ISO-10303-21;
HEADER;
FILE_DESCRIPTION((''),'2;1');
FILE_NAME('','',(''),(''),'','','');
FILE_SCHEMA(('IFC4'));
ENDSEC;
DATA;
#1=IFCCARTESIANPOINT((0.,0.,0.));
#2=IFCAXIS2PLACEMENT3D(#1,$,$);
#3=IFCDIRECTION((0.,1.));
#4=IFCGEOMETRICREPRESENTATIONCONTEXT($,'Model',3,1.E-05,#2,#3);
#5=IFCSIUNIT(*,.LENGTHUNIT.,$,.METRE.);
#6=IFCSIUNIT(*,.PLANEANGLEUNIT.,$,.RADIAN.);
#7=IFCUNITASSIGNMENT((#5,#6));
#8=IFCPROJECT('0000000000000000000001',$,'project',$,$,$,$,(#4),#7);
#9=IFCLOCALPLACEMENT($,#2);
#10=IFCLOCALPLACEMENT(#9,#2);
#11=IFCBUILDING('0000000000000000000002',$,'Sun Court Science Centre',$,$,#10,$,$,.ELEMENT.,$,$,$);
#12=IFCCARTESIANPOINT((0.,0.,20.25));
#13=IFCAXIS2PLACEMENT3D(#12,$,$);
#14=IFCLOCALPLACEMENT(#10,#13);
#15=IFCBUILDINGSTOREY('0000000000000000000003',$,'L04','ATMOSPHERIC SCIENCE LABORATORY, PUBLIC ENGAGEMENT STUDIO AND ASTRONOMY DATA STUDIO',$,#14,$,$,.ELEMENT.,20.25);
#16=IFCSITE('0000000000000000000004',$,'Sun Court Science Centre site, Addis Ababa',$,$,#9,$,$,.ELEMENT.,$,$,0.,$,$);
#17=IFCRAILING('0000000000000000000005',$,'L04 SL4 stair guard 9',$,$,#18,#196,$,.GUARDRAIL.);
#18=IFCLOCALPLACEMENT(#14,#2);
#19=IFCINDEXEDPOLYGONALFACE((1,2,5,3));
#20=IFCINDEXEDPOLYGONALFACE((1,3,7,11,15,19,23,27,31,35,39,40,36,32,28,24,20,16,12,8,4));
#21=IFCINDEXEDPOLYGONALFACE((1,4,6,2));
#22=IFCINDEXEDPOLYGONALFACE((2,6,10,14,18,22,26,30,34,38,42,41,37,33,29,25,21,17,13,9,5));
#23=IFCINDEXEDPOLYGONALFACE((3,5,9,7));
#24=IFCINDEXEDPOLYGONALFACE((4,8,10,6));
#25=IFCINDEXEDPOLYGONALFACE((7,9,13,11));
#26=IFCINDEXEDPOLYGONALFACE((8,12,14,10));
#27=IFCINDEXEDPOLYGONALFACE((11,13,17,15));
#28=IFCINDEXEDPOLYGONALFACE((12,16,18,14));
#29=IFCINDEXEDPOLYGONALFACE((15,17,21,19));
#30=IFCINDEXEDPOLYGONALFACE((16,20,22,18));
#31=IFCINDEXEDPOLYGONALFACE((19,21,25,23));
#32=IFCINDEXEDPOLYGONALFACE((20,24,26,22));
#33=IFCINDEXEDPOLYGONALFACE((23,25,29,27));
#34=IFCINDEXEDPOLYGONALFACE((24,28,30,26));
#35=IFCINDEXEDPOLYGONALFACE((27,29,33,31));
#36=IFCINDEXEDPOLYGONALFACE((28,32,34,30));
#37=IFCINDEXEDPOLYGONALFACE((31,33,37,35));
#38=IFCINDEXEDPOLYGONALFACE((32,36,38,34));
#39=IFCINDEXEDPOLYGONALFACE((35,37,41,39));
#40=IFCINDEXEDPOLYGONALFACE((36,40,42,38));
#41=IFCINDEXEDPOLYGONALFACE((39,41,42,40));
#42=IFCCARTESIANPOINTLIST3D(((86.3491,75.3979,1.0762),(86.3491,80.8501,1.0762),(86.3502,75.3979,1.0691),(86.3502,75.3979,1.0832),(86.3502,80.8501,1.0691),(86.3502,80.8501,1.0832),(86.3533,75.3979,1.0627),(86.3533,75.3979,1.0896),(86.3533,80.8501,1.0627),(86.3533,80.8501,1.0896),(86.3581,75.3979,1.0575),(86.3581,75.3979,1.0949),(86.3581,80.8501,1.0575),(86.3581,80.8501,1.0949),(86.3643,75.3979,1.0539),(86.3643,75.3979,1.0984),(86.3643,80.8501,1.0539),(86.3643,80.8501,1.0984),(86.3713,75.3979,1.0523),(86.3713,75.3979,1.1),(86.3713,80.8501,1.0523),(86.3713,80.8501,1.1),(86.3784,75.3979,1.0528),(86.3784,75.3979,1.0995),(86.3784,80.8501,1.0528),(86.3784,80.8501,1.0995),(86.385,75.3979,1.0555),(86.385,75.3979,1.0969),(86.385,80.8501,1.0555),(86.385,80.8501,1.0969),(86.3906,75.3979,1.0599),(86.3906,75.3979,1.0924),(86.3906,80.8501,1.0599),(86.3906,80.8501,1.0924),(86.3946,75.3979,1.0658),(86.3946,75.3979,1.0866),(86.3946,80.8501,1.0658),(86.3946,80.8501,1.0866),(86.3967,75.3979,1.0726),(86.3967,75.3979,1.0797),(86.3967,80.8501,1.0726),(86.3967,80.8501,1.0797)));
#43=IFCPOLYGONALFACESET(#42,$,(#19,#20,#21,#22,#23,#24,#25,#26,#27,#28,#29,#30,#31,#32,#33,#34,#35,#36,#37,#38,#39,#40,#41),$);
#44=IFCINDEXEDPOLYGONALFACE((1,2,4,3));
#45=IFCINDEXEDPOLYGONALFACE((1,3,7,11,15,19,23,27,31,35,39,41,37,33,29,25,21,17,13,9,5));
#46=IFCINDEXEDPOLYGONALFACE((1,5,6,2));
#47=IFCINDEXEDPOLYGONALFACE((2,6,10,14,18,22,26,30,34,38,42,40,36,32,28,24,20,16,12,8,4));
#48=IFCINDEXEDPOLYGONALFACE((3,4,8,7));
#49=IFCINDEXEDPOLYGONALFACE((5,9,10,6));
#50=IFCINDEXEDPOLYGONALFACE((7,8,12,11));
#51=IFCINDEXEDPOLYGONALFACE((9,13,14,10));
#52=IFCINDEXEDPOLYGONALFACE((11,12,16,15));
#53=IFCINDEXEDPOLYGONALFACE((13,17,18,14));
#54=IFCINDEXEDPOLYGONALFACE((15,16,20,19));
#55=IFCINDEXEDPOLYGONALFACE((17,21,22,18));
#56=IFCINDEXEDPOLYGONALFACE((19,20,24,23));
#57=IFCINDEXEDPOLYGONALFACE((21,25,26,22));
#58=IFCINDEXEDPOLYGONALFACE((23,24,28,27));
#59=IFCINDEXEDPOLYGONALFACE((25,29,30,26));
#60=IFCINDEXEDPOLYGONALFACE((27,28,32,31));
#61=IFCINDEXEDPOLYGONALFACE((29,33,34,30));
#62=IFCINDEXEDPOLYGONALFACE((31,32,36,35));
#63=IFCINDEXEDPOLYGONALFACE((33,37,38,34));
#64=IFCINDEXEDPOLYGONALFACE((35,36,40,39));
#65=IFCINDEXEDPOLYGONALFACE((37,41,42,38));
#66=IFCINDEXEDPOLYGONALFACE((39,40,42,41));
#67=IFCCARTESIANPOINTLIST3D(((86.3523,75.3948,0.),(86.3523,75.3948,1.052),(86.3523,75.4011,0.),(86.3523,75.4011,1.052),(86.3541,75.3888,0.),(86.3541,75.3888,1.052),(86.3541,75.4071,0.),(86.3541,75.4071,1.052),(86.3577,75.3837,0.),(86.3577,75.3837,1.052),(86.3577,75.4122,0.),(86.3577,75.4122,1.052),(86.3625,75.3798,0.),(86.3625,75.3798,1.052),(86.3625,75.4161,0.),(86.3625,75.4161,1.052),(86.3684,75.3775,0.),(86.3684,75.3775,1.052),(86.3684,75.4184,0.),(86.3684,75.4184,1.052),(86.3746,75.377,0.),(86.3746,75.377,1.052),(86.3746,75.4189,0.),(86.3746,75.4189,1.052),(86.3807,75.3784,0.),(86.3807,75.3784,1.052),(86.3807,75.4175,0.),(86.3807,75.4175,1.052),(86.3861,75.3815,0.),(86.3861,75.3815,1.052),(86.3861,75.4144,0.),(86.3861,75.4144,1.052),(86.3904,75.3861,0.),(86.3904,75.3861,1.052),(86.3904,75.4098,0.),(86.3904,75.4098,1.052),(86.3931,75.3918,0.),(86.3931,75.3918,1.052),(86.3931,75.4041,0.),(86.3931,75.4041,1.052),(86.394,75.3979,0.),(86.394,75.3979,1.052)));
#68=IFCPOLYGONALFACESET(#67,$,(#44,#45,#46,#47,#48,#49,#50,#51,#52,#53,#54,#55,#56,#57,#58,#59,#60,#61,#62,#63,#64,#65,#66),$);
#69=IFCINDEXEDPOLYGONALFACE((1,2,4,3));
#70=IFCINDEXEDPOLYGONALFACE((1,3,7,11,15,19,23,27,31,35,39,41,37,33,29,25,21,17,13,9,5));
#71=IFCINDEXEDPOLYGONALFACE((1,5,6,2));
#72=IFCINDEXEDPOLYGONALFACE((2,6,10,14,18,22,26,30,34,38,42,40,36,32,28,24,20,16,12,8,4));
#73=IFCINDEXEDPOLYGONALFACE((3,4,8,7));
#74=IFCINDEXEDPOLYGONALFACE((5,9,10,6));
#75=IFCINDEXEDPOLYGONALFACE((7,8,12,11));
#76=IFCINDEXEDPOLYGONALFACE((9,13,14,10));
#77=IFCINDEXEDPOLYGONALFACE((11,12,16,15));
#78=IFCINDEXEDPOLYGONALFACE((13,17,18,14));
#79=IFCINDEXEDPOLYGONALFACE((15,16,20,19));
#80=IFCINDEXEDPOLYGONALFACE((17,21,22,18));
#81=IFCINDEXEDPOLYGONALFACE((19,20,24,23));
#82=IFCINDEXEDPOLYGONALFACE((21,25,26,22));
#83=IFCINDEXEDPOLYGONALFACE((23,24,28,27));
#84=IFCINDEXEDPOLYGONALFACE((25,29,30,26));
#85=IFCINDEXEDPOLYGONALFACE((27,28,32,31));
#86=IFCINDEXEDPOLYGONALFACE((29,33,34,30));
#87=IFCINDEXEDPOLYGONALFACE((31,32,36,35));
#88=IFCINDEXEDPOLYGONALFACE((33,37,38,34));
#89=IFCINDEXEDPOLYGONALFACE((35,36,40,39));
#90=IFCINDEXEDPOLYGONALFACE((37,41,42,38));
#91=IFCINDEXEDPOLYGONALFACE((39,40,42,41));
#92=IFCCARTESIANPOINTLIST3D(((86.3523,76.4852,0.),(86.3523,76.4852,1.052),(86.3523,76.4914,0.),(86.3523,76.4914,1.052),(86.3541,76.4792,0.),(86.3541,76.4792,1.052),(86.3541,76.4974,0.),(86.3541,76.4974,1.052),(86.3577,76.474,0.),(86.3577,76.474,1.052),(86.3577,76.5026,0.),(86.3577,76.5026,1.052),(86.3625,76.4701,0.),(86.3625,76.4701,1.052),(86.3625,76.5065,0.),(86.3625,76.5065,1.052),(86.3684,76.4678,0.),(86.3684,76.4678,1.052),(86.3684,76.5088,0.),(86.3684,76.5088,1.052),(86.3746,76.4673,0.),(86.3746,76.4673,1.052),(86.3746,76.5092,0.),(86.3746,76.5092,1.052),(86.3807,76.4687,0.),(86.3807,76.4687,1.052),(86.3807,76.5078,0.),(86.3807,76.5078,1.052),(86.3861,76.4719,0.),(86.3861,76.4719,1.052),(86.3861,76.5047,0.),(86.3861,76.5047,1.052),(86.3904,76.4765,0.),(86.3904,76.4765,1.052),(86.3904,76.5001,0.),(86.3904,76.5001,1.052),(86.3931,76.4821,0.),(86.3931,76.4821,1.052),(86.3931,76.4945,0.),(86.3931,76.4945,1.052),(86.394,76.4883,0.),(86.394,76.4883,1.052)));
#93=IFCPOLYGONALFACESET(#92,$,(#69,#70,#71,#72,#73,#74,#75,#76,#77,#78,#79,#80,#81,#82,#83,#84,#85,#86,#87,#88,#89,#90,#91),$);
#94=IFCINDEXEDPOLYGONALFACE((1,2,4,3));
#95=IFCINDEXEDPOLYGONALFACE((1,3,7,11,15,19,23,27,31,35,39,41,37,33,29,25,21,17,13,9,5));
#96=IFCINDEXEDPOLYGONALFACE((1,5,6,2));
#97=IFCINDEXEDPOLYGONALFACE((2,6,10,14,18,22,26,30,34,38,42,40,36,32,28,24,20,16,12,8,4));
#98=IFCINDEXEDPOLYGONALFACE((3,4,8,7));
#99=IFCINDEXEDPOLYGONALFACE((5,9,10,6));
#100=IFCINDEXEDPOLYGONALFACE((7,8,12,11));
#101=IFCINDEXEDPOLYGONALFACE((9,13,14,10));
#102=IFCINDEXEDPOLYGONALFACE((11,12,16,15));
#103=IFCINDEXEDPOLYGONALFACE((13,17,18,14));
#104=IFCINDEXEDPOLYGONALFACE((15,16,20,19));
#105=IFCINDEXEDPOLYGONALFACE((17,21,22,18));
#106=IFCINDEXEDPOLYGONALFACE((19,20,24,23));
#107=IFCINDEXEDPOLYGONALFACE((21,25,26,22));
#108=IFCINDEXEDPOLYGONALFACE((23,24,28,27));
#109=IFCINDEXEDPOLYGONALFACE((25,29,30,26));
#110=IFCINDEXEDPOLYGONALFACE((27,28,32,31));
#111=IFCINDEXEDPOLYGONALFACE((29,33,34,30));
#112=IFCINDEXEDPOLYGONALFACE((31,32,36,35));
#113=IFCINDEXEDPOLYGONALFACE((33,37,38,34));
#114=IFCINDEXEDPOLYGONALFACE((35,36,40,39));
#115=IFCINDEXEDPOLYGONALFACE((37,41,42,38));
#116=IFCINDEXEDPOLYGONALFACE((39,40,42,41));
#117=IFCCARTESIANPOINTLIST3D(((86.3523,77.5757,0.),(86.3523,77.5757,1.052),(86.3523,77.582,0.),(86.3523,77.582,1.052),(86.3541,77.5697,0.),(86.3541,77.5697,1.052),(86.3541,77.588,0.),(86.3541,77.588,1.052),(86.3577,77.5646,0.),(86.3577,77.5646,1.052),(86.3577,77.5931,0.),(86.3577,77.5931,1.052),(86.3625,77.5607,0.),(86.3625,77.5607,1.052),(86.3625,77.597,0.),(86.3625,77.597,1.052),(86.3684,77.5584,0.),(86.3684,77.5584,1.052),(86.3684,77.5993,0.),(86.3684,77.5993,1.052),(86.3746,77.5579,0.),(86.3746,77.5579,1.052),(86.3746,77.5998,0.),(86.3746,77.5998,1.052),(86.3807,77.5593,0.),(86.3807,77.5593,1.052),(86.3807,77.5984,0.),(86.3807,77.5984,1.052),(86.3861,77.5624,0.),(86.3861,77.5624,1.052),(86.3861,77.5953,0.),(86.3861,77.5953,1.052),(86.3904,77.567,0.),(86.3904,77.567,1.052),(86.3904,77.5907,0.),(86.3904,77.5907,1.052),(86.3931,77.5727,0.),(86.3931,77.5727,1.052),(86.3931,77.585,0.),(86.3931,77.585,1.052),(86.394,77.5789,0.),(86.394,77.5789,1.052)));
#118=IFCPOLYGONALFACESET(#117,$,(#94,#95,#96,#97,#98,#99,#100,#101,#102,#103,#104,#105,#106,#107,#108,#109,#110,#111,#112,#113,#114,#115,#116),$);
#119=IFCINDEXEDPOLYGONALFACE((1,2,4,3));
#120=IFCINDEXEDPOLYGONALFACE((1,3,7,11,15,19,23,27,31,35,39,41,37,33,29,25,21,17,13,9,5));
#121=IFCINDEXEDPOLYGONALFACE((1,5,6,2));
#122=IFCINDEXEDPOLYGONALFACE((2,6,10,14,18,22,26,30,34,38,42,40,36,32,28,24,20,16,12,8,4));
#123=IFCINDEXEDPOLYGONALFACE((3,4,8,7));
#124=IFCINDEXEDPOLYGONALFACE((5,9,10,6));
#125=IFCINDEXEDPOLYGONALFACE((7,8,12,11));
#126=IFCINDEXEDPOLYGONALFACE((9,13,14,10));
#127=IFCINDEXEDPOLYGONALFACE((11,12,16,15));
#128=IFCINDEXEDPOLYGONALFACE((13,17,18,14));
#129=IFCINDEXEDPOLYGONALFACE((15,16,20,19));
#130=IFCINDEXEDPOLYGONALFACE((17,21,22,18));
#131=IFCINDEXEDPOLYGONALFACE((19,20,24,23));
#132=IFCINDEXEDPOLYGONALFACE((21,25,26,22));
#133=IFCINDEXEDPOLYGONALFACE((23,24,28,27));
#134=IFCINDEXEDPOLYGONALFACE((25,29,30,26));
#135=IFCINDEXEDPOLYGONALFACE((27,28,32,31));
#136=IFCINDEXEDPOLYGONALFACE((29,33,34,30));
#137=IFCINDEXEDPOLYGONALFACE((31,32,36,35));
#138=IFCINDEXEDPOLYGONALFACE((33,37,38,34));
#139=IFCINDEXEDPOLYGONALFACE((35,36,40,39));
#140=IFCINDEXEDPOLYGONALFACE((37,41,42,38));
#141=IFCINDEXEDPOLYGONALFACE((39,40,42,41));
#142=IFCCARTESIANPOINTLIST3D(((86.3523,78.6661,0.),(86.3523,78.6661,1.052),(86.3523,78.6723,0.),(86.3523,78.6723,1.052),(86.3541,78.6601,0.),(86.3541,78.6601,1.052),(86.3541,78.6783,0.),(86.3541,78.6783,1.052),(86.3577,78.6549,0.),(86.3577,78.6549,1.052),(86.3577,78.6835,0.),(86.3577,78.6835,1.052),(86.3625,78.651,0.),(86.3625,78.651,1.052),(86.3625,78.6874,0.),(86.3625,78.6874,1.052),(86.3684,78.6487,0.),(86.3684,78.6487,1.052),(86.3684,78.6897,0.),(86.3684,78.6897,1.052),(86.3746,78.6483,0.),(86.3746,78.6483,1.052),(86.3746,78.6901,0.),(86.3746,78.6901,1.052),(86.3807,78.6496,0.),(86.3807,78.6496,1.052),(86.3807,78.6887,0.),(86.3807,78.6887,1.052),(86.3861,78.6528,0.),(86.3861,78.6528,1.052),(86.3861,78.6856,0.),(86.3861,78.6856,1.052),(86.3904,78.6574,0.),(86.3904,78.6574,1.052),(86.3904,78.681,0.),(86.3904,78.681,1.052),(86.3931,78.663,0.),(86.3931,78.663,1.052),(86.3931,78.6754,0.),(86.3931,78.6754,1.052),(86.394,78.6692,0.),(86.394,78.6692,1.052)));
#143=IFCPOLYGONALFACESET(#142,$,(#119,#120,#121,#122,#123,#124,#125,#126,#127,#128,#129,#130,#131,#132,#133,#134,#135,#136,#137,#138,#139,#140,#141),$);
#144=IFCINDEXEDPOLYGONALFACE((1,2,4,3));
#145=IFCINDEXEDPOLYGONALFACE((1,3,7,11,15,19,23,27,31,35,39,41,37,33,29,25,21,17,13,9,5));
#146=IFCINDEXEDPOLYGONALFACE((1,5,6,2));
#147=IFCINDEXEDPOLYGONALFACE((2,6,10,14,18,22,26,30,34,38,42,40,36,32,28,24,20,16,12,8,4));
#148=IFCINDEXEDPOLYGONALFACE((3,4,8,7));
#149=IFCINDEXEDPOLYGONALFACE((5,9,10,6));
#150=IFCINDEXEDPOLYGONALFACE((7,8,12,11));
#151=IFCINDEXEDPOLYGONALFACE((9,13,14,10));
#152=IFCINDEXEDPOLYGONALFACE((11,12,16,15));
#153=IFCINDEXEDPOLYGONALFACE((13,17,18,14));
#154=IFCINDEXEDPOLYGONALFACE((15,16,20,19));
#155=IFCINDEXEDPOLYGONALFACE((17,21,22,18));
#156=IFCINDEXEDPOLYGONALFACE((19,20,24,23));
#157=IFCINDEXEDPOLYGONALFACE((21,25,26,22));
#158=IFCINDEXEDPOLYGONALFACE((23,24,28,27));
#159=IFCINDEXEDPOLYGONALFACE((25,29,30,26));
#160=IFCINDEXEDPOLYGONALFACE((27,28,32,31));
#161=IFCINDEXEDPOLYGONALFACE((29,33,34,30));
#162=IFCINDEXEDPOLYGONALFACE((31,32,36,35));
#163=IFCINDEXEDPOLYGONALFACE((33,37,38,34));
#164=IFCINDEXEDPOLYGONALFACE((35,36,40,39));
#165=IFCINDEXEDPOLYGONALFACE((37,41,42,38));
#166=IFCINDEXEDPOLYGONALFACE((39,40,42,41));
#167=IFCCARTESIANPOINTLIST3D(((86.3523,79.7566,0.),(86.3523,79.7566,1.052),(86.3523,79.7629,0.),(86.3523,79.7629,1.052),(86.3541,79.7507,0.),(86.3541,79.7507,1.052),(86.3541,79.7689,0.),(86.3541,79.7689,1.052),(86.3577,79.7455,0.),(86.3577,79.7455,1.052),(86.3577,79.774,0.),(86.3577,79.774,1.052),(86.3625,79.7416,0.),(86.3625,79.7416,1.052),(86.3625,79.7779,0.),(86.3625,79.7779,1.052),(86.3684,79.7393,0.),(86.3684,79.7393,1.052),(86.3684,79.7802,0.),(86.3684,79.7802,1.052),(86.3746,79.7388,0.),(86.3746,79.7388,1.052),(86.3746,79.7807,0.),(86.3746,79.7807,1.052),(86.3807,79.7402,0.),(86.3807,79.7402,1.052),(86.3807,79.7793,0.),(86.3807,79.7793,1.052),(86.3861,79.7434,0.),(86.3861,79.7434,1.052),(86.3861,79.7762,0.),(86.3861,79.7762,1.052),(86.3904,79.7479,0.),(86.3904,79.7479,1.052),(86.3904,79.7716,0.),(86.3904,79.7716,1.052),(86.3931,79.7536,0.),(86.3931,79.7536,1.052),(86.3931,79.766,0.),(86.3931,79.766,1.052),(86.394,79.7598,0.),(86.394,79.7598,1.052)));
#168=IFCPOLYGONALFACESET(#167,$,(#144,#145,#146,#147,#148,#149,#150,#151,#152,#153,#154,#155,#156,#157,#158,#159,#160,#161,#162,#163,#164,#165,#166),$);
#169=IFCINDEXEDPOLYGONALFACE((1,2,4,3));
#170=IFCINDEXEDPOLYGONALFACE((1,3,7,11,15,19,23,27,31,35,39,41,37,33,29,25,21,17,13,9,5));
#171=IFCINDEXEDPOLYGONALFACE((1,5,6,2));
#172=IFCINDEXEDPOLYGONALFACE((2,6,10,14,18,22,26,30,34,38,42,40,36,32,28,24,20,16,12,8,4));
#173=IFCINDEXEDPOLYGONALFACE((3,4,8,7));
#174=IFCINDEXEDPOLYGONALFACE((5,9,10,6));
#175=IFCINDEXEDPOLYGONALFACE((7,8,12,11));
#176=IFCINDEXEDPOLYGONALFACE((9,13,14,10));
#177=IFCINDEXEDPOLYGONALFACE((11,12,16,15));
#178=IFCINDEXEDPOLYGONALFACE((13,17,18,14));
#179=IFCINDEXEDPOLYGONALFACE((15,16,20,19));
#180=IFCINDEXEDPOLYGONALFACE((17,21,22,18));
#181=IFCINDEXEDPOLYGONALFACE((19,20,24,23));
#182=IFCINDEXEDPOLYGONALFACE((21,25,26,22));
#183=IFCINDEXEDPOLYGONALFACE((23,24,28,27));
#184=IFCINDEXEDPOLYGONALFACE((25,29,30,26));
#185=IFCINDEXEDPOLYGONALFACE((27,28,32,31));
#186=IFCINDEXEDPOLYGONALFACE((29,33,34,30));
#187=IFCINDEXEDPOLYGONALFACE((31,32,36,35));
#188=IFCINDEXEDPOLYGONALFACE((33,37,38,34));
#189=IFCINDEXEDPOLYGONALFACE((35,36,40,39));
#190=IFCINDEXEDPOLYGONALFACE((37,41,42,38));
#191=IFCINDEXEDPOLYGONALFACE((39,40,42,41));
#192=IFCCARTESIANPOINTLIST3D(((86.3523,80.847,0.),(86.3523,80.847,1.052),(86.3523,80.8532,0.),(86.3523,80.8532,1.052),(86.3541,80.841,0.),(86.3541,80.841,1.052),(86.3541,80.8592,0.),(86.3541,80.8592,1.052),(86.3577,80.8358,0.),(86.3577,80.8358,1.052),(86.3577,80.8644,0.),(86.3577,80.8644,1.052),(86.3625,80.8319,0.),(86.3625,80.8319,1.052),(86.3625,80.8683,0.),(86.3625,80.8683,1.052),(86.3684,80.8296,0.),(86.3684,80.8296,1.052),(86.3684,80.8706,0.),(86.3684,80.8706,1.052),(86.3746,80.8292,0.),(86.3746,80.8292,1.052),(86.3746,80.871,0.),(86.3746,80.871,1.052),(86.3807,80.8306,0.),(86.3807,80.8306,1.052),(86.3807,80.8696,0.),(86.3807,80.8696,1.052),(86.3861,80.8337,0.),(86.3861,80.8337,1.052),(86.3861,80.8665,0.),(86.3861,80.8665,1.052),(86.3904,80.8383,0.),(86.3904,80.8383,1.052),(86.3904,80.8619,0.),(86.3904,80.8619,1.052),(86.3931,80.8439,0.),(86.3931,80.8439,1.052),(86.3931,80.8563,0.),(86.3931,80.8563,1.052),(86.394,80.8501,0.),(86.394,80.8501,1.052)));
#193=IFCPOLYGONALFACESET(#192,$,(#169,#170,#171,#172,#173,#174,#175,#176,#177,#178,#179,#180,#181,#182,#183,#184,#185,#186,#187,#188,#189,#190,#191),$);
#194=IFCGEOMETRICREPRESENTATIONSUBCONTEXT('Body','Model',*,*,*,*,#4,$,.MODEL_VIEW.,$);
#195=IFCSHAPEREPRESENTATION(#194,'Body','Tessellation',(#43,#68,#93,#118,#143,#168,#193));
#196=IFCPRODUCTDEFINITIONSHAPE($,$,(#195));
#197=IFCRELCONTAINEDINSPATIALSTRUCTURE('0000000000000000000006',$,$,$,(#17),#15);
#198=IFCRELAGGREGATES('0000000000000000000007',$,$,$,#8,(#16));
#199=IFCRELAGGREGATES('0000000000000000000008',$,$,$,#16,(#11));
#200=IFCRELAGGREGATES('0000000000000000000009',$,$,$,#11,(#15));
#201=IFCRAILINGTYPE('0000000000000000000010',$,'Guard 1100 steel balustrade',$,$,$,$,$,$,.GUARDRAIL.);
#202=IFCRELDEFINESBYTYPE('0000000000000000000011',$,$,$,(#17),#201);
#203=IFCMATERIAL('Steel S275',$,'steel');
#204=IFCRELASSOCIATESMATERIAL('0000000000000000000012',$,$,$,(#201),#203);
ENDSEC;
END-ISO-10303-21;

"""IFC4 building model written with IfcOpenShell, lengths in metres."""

from ifc_helpers import new_model, si_unit, direction, frame, origin, origin_2d, place, context, subcontext, project, spatial, circle, extrude, material, type_object, element, save


model = new_model("IFC4")

# Units and contexts
model_context = context("Model", 3, precision=1e-05, world=origin(), true_north=direction((0.0, 1.0)))
body_context = subcontext(model_context, "Body", "Model", "MODEL_VIEW")
ifc_project = project(units=[si_unit("LENGTHUNIT", "METRE"), si_unit("PLANEANGLEUNIT", "RADIAN")], contexts=[model_context])

# Site, building, storey
site_placement = place(None, origin())
site = spatial("IfcSite", under=ifc_project, at=site_placement, Name="Sun Court Science Centre site, Addis Ababa", CompositionType="ELEMENT", RefElevation=0.0)
building_placement = place(site_placement, origin())
building = spatial("IfcBuilding", under=site, at=building_placement, Name="Sun Court Science Centre", CompositionType="ELEMENT")
storey_placement = place(building_placement, frame((0.0, 0.0, 20.25)))
storey = spatial("IfcBuildingStorey", under=building, at=storey_placement, Name="L04", Description="ATMOSPHERIC SCIENCE LABORATORY, PUBLIC ENGAGEMENT STUDIO AND ASTRONOMY DATA STUDIO", CompositionType="ELEMENT", Elevation=20.25)

# Railing
ifc_material_1 = material(Name="Steel S275", Category="steel")
railing_type_1 = type_object("IfcRailingType", Name="Guard 1100 steel balustrade", PredefinedType="GUARDRAIL", material=ifc_material_1)
for number, where, name in (
    (1, (86.373, 75.3979, 0.0), "L04 SL4 stair guard 9"),
):
    element("IfcRailing", number, at=place(storey_placement, frame(where)), inside=storey, type_object=railing_type_1, Name=name, PredefinedType="GUARDRAIL", context=body_context, shape_type="SweptSolid", body=[
        extrude(circle(Radius=0.0239, at=origin_2d()), frame((0.0, 0.0, 1.0762), z_axis=(0.0, 1.0, 0.0), x_axis=(-1.0, 0.0, 0.0)), (0.0, 0.0, 1.0), 5.4521),
        extrude(circle(Radius=0.021, at=origin_2d()), origin(), (0.0, 0.0, 1.0), 1.052),
        extrude(circle(Radius=0.021, at=origin_2d()), frame((0.0, 1.0903, 0.0)), (0.0, 0.0, 1.0), 1.052),
        extrude(circle(Radius=0.021, at=origin_2d()), frame((0.0, 2.1809, 0.0)), (0.0, 0.0, 1.0), 1.052),
        extrude(circle(Radius=0.021, at=origin_2d()), frame((0.0, 3.2712, 0.0)), (0.0, 0.0, 1.0), 1.052),
        extrude(circle(Radius=0.021, at=origin_2d()), frame((0.0, 4.3618, 0.0)), (0.0, 0.0, 1.0), 1.052),
        extrude(circle(Radius=0.021, at=origin_2d()), frame((0.0, 5.4521, 0.0)), (0.0, 0.0, 1.0), 1.052),
    ])

save(model, "model.ifc")
